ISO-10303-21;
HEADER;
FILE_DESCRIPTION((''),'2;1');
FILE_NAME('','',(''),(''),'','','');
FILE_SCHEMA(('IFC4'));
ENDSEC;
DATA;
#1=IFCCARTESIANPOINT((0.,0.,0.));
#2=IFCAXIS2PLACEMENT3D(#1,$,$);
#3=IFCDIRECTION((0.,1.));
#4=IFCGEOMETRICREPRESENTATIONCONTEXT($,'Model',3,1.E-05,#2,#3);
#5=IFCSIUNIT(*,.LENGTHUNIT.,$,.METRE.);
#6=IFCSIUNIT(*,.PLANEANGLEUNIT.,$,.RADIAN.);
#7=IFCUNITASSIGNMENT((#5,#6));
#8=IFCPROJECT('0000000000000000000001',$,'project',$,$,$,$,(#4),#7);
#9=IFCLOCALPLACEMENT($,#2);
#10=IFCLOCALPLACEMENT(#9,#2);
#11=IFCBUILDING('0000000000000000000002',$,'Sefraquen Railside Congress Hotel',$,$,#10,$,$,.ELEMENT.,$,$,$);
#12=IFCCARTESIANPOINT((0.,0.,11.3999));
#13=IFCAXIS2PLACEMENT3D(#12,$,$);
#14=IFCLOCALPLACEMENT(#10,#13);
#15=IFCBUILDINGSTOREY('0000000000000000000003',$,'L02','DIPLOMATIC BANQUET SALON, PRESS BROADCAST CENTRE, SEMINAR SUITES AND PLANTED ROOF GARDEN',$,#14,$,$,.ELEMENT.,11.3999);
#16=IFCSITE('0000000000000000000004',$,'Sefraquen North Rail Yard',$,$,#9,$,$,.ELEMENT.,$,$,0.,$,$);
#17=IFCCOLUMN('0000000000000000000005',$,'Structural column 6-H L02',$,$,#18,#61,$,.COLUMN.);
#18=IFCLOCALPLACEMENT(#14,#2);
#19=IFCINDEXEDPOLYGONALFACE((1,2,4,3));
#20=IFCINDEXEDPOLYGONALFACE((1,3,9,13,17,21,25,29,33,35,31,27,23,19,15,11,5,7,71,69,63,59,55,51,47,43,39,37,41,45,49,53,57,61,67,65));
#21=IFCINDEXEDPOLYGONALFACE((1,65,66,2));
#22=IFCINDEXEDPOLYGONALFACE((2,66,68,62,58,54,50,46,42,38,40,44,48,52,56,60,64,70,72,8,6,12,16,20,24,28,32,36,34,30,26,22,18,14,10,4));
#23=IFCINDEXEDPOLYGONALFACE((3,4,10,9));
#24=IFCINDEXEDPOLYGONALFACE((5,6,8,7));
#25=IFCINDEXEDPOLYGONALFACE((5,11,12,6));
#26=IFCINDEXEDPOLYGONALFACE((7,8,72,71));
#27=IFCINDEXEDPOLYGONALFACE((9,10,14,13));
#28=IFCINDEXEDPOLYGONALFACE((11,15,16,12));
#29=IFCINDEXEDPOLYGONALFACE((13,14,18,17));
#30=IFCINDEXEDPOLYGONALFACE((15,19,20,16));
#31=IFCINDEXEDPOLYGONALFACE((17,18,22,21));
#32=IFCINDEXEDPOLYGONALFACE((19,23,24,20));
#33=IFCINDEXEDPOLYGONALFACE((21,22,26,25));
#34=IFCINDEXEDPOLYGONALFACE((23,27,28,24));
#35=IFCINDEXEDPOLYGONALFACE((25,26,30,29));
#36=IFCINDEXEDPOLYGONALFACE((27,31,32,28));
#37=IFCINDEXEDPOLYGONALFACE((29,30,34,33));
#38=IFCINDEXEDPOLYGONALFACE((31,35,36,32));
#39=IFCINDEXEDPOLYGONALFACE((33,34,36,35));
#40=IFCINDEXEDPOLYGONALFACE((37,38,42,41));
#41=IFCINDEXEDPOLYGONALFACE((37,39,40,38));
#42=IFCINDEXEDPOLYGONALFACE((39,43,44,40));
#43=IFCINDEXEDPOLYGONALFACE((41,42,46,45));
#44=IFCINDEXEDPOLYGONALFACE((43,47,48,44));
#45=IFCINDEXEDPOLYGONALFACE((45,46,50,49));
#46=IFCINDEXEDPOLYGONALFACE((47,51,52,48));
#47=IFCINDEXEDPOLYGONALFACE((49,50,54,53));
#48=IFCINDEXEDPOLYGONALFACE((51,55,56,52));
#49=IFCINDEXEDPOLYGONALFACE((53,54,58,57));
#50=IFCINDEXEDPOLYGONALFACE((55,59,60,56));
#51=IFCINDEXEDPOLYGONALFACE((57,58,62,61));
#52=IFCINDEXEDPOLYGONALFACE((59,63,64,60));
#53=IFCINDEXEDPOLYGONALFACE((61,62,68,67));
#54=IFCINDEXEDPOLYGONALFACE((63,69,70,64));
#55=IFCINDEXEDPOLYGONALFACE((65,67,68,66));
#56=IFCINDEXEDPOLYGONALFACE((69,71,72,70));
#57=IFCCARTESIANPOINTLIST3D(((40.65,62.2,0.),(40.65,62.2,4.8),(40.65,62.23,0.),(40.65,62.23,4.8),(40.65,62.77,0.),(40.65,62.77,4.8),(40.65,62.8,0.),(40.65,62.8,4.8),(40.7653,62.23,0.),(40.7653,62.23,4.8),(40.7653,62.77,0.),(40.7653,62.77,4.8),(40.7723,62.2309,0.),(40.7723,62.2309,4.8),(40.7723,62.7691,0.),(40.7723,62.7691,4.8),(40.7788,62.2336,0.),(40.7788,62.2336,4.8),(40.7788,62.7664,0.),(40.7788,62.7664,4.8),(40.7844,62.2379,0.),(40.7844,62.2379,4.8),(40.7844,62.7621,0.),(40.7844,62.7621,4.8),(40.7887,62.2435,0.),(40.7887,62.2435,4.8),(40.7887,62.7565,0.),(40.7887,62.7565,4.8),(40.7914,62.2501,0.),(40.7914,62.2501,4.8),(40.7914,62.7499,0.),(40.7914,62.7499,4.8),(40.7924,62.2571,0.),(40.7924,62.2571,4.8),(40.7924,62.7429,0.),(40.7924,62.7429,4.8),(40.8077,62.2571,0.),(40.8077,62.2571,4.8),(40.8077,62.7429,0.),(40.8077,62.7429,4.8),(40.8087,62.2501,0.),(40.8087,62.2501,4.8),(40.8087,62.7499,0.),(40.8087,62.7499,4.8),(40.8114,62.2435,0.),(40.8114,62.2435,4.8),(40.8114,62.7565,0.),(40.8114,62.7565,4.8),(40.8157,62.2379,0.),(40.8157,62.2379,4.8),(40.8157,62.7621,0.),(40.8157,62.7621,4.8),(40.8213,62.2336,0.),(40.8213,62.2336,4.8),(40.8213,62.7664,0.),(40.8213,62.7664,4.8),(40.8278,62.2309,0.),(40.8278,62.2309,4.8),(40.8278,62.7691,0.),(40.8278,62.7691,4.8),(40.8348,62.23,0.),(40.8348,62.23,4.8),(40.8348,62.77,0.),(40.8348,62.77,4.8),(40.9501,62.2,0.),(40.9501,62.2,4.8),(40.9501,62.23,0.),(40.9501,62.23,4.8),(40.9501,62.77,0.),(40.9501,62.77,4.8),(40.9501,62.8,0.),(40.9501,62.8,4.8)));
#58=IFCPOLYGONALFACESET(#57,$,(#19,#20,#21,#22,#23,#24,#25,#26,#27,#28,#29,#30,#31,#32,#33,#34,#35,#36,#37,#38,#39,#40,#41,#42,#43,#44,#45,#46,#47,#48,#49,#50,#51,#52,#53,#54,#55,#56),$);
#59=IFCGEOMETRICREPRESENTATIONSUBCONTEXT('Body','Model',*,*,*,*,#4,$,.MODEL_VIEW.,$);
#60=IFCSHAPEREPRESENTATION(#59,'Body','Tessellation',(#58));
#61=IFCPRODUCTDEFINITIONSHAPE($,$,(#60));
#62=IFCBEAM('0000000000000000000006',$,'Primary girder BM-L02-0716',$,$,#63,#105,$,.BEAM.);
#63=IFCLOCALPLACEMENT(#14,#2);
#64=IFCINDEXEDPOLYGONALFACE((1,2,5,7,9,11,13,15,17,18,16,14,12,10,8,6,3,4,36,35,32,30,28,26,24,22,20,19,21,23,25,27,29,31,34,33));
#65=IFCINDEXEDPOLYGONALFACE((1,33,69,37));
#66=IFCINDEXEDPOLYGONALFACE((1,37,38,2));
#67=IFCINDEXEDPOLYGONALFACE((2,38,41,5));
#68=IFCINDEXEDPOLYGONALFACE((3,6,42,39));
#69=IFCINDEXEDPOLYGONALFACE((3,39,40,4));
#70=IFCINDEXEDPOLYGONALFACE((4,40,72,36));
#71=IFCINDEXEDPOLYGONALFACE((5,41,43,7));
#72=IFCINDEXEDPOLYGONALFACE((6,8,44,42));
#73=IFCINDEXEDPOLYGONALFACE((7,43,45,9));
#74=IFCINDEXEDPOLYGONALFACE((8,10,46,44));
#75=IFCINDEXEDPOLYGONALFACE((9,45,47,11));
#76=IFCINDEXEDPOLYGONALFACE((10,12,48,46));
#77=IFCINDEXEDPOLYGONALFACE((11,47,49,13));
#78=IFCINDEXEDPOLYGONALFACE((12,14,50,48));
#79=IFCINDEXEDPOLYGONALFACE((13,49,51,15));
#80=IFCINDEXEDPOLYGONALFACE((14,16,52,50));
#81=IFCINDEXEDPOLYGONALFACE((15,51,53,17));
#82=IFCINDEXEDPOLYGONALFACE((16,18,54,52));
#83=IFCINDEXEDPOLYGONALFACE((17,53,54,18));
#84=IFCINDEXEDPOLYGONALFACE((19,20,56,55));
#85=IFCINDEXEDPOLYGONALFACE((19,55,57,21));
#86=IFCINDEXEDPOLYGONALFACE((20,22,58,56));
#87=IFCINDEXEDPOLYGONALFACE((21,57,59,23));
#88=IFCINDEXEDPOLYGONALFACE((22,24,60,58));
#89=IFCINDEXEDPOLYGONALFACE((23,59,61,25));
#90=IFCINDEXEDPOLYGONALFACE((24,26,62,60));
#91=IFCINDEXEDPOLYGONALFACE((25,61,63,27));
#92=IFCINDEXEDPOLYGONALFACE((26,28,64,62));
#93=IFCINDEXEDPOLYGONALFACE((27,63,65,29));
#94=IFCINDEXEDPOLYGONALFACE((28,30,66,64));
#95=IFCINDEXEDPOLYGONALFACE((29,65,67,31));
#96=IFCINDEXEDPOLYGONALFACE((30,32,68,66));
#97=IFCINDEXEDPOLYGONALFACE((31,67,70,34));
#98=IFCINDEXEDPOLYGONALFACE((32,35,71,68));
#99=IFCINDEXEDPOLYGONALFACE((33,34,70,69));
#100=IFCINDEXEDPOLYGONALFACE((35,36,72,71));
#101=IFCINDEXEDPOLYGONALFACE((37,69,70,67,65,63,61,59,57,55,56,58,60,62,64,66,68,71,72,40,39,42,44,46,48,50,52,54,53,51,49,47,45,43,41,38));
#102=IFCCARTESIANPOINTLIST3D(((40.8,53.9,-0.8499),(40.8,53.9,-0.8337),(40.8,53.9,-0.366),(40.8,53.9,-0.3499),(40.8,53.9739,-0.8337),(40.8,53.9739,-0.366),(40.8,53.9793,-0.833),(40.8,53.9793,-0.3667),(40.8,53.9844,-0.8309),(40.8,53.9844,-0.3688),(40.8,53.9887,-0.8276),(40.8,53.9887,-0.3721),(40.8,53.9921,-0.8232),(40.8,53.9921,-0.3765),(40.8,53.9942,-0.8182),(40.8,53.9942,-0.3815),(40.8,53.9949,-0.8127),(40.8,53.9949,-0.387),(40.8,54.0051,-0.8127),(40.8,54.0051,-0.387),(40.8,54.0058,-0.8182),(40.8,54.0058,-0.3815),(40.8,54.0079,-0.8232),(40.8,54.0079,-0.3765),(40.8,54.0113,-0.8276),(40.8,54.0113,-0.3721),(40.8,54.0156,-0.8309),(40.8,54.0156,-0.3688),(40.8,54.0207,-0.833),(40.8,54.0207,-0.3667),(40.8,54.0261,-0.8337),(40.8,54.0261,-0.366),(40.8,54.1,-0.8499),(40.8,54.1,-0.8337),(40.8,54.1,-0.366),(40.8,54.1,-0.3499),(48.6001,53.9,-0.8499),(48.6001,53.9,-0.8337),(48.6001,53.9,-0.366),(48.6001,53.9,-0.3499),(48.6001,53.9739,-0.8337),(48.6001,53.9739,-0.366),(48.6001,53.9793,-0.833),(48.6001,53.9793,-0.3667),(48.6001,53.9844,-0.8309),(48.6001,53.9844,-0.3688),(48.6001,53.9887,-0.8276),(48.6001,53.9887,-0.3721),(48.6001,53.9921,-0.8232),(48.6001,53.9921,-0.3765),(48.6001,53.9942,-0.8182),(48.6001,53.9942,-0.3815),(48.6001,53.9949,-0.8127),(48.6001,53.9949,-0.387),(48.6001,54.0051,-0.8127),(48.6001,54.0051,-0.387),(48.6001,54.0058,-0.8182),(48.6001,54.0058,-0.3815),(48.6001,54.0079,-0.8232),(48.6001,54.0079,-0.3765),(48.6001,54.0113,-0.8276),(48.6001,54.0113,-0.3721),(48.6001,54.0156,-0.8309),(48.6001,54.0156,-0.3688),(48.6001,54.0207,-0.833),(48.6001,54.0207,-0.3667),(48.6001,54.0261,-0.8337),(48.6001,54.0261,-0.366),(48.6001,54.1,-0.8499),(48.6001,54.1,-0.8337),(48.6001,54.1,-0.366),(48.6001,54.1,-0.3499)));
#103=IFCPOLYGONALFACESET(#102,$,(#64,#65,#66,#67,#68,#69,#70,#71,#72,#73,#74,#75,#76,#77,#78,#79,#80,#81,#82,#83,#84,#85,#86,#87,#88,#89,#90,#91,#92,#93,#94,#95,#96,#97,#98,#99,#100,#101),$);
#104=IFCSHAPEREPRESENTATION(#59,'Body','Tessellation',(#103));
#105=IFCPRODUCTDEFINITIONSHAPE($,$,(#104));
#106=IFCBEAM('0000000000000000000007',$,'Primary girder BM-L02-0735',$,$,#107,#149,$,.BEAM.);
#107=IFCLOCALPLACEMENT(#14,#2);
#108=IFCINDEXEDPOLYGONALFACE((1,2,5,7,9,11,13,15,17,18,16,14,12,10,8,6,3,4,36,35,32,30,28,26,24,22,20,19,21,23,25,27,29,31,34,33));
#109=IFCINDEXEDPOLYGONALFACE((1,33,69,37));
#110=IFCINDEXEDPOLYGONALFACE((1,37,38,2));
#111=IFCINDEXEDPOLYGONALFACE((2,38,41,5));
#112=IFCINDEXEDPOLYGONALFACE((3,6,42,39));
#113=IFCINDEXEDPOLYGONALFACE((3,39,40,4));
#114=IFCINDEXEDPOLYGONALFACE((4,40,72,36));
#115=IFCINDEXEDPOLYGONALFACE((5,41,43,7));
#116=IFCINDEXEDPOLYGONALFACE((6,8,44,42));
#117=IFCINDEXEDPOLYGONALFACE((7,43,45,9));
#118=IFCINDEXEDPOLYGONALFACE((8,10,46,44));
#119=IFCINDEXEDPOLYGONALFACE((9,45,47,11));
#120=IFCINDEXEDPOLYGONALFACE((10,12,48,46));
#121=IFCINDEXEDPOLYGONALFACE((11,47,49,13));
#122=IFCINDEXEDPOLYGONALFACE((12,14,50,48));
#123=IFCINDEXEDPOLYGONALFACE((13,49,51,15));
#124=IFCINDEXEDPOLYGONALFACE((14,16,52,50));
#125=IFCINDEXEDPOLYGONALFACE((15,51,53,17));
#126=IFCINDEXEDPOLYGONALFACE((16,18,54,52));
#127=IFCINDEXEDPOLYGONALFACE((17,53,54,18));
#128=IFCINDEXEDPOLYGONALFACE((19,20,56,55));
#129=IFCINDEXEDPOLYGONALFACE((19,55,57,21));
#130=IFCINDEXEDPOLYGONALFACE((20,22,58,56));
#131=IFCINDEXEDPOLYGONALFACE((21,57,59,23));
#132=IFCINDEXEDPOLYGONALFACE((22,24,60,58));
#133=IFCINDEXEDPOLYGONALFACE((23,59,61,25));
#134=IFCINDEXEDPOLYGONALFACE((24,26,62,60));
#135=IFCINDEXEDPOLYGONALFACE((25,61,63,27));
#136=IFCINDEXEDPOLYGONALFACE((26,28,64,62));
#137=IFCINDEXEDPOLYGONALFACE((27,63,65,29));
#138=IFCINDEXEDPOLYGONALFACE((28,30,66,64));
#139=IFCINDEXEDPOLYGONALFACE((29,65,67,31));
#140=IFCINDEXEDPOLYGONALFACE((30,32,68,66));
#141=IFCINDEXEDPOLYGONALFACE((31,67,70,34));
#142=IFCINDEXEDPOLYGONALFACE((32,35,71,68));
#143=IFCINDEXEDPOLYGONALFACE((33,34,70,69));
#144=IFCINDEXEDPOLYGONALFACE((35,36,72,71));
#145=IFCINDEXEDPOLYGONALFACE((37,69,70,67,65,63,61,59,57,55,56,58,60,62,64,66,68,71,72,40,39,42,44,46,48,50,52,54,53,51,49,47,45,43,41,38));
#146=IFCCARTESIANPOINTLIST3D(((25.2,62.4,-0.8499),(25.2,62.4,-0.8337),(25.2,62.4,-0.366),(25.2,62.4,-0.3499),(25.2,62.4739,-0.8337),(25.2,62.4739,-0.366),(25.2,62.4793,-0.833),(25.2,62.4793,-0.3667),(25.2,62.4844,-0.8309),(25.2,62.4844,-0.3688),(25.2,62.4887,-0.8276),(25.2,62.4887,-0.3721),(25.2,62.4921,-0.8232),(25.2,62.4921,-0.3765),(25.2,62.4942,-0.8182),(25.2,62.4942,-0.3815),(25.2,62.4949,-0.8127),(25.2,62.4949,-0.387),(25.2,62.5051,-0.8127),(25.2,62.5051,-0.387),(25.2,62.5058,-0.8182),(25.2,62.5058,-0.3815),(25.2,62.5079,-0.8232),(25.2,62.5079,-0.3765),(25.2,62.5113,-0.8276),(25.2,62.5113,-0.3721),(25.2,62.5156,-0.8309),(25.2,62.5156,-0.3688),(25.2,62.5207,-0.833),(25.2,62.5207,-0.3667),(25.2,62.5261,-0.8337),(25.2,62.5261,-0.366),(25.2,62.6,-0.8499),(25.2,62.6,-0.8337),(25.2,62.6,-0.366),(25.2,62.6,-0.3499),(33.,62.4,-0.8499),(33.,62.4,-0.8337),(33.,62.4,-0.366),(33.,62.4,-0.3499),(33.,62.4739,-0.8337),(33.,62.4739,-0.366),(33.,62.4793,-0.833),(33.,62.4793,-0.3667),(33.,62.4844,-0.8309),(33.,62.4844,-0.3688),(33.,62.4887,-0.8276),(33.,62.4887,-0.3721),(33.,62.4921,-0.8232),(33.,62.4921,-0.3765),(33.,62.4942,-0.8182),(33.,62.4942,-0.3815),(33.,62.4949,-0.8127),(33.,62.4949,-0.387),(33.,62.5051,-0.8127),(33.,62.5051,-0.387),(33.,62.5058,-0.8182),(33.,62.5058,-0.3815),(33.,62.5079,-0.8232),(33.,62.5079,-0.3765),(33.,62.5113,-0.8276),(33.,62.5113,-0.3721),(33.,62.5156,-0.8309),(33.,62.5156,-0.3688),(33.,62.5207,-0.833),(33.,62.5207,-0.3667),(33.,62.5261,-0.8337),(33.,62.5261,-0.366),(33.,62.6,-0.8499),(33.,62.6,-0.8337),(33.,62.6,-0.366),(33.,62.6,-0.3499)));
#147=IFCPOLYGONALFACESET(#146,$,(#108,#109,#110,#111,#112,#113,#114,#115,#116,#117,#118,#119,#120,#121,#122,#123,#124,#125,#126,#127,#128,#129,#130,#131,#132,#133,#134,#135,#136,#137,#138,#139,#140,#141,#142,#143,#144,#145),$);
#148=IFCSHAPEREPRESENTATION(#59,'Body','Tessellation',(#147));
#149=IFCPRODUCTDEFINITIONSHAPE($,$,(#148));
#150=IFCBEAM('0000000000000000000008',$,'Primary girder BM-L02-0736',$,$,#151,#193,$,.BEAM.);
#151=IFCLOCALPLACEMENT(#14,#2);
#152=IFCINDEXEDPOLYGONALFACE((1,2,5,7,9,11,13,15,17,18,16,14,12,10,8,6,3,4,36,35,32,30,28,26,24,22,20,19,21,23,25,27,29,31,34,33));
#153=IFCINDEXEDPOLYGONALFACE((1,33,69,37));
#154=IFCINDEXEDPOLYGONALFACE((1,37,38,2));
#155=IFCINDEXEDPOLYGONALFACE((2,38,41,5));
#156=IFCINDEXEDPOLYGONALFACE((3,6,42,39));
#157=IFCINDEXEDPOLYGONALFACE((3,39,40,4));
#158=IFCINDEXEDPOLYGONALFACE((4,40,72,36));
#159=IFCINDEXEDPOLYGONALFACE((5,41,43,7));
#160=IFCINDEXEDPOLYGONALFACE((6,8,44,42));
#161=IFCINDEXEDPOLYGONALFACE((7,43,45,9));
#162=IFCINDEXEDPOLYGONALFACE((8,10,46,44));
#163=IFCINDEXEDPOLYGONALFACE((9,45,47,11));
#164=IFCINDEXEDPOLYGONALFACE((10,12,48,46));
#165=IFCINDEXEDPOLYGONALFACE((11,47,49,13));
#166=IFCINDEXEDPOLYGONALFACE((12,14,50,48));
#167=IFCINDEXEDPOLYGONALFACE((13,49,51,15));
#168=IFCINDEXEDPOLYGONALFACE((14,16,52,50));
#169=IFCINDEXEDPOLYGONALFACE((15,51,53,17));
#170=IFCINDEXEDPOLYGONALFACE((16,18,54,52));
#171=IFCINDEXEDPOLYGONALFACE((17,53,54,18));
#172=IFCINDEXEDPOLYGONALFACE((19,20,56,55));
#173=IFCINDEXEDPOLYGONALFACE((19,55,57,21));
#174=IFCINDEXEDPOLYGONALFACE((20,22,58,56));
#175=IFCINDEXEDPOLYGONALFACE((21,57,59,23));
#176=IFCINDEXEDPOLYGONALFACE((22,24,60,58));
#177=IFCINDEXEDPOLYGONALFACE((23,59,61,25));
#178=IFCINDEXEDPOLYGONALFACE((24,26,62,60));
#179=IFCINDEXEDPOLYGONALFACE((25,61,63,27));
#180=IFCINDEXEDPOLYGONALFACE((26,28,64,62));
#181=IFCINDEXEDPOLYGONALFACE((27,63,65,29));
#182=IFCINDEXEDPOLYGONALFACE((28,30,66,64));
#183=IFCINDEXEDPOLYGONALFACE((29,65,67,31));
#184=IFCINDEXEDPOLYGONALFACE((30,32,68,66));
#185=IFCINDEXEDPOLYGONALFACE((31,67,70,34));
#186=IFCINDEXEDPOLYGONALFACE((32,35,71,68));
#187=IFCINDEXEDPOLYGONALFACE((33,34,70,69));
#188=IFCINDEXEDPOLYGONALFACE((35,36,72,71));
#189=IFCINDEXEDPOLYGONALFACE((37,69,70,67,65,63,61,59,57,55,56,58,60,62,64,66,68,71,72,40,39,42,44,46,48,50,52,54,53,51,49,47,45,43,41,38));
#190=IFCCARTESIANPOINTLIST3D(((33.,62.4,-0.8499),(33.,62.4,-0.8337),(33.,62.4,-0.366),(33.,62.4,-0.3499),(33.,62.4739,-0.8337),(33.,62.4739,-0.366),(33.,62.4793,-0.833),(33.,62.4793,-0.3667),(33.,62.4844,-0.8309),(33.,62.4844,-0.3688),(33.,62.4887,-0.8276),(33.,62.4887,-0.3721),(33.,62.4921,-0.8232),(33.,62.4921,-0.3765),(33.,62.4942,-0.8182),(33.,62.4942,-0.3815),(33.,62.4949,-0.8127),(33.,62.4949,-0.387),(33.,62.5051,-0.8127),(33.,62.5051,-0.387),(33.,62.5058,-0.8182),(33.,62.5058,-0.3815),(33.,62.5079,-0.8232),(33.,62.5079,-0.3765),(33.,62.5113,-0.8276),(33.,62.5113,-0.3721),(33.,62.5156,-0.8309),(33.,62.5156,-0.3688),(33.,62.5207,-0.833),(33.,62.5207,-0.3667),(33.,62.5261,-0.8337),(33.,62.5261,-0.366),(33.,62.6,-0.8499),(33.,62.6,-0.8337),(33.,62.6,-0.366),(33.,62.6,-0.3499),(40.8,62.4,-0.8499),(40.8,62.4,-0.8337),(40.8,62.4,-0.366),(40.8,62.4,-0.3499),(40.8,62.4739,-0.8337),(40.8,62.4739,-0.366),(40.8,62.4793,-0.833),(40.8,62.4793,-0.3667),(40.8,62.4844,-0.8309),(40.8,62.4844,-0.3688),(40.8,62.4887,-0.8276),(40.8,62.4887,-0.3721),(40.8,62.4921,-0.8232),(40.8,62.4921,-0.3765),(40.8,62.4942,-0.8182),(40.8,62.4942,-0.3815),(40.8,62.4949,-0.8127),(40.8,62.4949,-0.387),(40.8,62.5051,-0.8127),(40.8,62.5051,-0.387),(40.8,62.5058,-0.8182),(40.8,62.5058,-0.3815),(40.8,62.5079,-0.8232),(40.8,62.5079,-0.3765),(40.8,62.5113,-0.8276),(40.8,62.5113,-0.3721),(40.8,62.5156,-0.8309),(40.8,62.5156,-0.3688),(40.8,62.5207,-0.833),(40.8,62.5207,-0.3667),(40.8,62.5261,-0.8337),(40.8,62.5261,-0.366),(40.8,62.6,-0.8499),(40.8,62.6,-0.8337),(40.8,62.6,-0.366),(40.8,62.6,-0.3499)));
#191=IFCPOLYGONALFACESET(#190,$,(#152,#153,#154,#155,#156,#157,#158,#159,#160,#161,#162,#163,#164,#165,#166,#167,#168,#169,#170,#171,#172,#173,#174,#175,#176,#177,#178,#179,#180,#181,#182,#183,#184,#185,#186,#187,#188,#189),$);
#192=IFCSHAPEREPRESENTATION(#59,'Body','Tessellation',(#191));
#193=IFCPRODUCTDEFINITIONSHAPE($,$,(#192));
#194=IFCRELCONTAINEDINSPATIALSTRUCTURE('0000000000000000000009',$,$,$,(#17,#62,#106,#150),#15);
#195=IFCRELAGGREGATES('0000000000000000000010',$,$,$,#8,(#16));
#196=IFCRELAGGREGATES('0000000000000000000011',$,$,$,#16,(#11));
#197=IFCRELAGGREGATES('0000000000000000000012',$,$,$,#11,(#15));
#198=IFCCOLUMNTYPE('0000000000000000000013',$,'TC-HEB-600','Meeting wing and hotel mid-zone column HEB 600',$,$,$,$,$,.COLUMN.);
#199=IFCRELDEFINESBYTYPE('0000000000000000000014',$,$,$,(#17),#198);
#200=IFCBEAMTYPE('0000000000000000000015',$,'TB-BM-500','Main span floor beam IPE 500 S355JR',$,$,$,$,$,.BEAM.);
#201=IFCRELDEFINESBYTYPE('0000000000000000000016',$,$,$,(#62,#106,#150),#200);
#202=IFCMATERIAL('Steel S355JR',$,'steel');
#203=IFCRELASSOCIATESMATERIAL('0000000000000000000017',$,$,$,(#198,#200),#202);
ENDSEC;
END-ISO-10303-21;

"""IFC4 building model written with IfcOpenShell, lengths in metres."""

from ifc_helpers import new_model, si_unit, direction, frame, origin, origin_2d, place, context, subcontext, project, spatial, i_section, extrude, material, material_profile, profile_set, type_object, element, save


model = new_model("IFC4")

# Units and contexts
model_context = context("Model", 3, precision=1e-05, world=origin(), true_north=direction((0.0, 1.0)))
body_context = subcontext(model_context, "Body", "Model", "MODEL_VIEW")
ifc_project = project(units=[si_unit("LENGTHUNIT", "METRE"), si_unit("PLANEANGLEUNIT", "RADIAN")], contexts=[model_context])

# Site, building, storey
site_placement = place(None, origin())
site = spatial("IfcSite", under=ifc_project, at=site_placement, Name="Sefraquen North Rail Yard", CompositionType="ELEMENT", RefElevation=0.0)
building_placement = place(site_placement, origin())
building = spatial("IfcBuilding", under=site, at=building_placement, Name="Sefraquen Railside Congress Hotel", CompositionType="ELEMENT")
storey_placement = place(building_placement, frame((0.0, 0.0, 11.3999)))
storey = spatial("IfcBuildingStorey", under=building, at=storey_placement, Name="L02", Description="DIPLOMATIC BANQUET SALON, PRESS BROADCAST CENTRE, SEMINAR SUITES AND PLANTED ROOF GARDEN", CompositionType="ELEMENT", Elevation=11.3999)

# Column
ifc_material_1 = material(Name="Steel S355JR", Category="steel")
ifc_material_profile_1 = material_profile(ifc_material_1, i_section(OverallWidth=0.3, OverallDepth=0.6001, WebThickness=0.0154, FlangeThickness=0.03, FilletRadius=0.0271, at=origin_2d()), Name="HEB 600")
ifc_profile_set_1 = profile_set([ifc_material_profile_1], Name="Steel S355JR")
column_type_1 = type_object("IfcColumnType", Name="TC-HEB-600", Description="Meeting wing and hotel mid-zone column HEB 600", PredefinedType="COLUMN", material=ifc_profile_set_1)
for number, where, z_axis, x_axis, name in (
    (1, (40.8, 62.5, 0.0), (0.0, 0.0, 1.0), (1.0, 0.0, 0.0), "Structural column 6-H L02"),
):
    element("IfcColumn", number, at=place(storey_placement, frame(where, z_axis=z_axis, x_axis=x_axis)), inside=storey, type_object=column_type_1, Name=name, PredefinedType="COLUMN", context=body_context, shape_type="SweptSolid", body=[
        extrude(i_section(OverallWidth=0.3, OverallDepth=0.6001, WebThickness=0.0154, FlangeThickness=0.03, FilletRadius=0.0271, at=origin_2d()), origin(), (0.0, 0.0, 1.0), 4.8),
    ])

# Beams
ifc_material_profile_2 = material_profile(ifc_material_1, i_section(OverallWidth=0.2, OverallDepth=0.5, WebThickness=0.0103, FlangeThickness=0.0161, FilletRadius=0.021, at=origin_2d()), Name="IPE 500")
ifc_profile_set_2 = profile_set([ifc_material_profile_2], Name="Steel S355JR")
beam_type_1 = type_object("IfcBeamType", Name="TB-BM-500", Description="Main span floor beam IPE 500 S355JR", PredefinedType="BEAM", material=ifc_profile_set_2)
for number, where, z_axis, x_axis, name in (
    (2, (40.8, 54.0, -0.5999), (1.0, 0.0, 0.0), (0.0, 1.0, 0.0), "Primary girder BM-L02-0716"),
    (3, (25.2, 62.5, -0.5999), (1.0, 0.0, 0.0), (0.0, 1.0, 0.0), "Primary girder BM-L02-0735"),
    (4, (33.0, 62.5, -0.5999), (1.0, 0.0, 0.0), (0.0, 1.0, 0.0), "Primary girder BM-L02-0736"),
):
    element("IfcBeam", number, at=place(storey_placement, frame(where, z_axis=z_axis, x_axis=x_axis)), inside=storey, type_object=beam_type_1, Name=name, PredefinedType="BEAM", context=body_context, shape_type="SweptSolid", body=[
        extrude(i_section(OverallWidth=0.2, OverallDepth=0.5, WebThickness=0.0103, FlangeThickness=0.0161, FilletRadius=0.021, at=origin_2d()), origin(), (0.0, 0.0, 1.0), 7.8),
    ])

save(model, "model.ifc")
